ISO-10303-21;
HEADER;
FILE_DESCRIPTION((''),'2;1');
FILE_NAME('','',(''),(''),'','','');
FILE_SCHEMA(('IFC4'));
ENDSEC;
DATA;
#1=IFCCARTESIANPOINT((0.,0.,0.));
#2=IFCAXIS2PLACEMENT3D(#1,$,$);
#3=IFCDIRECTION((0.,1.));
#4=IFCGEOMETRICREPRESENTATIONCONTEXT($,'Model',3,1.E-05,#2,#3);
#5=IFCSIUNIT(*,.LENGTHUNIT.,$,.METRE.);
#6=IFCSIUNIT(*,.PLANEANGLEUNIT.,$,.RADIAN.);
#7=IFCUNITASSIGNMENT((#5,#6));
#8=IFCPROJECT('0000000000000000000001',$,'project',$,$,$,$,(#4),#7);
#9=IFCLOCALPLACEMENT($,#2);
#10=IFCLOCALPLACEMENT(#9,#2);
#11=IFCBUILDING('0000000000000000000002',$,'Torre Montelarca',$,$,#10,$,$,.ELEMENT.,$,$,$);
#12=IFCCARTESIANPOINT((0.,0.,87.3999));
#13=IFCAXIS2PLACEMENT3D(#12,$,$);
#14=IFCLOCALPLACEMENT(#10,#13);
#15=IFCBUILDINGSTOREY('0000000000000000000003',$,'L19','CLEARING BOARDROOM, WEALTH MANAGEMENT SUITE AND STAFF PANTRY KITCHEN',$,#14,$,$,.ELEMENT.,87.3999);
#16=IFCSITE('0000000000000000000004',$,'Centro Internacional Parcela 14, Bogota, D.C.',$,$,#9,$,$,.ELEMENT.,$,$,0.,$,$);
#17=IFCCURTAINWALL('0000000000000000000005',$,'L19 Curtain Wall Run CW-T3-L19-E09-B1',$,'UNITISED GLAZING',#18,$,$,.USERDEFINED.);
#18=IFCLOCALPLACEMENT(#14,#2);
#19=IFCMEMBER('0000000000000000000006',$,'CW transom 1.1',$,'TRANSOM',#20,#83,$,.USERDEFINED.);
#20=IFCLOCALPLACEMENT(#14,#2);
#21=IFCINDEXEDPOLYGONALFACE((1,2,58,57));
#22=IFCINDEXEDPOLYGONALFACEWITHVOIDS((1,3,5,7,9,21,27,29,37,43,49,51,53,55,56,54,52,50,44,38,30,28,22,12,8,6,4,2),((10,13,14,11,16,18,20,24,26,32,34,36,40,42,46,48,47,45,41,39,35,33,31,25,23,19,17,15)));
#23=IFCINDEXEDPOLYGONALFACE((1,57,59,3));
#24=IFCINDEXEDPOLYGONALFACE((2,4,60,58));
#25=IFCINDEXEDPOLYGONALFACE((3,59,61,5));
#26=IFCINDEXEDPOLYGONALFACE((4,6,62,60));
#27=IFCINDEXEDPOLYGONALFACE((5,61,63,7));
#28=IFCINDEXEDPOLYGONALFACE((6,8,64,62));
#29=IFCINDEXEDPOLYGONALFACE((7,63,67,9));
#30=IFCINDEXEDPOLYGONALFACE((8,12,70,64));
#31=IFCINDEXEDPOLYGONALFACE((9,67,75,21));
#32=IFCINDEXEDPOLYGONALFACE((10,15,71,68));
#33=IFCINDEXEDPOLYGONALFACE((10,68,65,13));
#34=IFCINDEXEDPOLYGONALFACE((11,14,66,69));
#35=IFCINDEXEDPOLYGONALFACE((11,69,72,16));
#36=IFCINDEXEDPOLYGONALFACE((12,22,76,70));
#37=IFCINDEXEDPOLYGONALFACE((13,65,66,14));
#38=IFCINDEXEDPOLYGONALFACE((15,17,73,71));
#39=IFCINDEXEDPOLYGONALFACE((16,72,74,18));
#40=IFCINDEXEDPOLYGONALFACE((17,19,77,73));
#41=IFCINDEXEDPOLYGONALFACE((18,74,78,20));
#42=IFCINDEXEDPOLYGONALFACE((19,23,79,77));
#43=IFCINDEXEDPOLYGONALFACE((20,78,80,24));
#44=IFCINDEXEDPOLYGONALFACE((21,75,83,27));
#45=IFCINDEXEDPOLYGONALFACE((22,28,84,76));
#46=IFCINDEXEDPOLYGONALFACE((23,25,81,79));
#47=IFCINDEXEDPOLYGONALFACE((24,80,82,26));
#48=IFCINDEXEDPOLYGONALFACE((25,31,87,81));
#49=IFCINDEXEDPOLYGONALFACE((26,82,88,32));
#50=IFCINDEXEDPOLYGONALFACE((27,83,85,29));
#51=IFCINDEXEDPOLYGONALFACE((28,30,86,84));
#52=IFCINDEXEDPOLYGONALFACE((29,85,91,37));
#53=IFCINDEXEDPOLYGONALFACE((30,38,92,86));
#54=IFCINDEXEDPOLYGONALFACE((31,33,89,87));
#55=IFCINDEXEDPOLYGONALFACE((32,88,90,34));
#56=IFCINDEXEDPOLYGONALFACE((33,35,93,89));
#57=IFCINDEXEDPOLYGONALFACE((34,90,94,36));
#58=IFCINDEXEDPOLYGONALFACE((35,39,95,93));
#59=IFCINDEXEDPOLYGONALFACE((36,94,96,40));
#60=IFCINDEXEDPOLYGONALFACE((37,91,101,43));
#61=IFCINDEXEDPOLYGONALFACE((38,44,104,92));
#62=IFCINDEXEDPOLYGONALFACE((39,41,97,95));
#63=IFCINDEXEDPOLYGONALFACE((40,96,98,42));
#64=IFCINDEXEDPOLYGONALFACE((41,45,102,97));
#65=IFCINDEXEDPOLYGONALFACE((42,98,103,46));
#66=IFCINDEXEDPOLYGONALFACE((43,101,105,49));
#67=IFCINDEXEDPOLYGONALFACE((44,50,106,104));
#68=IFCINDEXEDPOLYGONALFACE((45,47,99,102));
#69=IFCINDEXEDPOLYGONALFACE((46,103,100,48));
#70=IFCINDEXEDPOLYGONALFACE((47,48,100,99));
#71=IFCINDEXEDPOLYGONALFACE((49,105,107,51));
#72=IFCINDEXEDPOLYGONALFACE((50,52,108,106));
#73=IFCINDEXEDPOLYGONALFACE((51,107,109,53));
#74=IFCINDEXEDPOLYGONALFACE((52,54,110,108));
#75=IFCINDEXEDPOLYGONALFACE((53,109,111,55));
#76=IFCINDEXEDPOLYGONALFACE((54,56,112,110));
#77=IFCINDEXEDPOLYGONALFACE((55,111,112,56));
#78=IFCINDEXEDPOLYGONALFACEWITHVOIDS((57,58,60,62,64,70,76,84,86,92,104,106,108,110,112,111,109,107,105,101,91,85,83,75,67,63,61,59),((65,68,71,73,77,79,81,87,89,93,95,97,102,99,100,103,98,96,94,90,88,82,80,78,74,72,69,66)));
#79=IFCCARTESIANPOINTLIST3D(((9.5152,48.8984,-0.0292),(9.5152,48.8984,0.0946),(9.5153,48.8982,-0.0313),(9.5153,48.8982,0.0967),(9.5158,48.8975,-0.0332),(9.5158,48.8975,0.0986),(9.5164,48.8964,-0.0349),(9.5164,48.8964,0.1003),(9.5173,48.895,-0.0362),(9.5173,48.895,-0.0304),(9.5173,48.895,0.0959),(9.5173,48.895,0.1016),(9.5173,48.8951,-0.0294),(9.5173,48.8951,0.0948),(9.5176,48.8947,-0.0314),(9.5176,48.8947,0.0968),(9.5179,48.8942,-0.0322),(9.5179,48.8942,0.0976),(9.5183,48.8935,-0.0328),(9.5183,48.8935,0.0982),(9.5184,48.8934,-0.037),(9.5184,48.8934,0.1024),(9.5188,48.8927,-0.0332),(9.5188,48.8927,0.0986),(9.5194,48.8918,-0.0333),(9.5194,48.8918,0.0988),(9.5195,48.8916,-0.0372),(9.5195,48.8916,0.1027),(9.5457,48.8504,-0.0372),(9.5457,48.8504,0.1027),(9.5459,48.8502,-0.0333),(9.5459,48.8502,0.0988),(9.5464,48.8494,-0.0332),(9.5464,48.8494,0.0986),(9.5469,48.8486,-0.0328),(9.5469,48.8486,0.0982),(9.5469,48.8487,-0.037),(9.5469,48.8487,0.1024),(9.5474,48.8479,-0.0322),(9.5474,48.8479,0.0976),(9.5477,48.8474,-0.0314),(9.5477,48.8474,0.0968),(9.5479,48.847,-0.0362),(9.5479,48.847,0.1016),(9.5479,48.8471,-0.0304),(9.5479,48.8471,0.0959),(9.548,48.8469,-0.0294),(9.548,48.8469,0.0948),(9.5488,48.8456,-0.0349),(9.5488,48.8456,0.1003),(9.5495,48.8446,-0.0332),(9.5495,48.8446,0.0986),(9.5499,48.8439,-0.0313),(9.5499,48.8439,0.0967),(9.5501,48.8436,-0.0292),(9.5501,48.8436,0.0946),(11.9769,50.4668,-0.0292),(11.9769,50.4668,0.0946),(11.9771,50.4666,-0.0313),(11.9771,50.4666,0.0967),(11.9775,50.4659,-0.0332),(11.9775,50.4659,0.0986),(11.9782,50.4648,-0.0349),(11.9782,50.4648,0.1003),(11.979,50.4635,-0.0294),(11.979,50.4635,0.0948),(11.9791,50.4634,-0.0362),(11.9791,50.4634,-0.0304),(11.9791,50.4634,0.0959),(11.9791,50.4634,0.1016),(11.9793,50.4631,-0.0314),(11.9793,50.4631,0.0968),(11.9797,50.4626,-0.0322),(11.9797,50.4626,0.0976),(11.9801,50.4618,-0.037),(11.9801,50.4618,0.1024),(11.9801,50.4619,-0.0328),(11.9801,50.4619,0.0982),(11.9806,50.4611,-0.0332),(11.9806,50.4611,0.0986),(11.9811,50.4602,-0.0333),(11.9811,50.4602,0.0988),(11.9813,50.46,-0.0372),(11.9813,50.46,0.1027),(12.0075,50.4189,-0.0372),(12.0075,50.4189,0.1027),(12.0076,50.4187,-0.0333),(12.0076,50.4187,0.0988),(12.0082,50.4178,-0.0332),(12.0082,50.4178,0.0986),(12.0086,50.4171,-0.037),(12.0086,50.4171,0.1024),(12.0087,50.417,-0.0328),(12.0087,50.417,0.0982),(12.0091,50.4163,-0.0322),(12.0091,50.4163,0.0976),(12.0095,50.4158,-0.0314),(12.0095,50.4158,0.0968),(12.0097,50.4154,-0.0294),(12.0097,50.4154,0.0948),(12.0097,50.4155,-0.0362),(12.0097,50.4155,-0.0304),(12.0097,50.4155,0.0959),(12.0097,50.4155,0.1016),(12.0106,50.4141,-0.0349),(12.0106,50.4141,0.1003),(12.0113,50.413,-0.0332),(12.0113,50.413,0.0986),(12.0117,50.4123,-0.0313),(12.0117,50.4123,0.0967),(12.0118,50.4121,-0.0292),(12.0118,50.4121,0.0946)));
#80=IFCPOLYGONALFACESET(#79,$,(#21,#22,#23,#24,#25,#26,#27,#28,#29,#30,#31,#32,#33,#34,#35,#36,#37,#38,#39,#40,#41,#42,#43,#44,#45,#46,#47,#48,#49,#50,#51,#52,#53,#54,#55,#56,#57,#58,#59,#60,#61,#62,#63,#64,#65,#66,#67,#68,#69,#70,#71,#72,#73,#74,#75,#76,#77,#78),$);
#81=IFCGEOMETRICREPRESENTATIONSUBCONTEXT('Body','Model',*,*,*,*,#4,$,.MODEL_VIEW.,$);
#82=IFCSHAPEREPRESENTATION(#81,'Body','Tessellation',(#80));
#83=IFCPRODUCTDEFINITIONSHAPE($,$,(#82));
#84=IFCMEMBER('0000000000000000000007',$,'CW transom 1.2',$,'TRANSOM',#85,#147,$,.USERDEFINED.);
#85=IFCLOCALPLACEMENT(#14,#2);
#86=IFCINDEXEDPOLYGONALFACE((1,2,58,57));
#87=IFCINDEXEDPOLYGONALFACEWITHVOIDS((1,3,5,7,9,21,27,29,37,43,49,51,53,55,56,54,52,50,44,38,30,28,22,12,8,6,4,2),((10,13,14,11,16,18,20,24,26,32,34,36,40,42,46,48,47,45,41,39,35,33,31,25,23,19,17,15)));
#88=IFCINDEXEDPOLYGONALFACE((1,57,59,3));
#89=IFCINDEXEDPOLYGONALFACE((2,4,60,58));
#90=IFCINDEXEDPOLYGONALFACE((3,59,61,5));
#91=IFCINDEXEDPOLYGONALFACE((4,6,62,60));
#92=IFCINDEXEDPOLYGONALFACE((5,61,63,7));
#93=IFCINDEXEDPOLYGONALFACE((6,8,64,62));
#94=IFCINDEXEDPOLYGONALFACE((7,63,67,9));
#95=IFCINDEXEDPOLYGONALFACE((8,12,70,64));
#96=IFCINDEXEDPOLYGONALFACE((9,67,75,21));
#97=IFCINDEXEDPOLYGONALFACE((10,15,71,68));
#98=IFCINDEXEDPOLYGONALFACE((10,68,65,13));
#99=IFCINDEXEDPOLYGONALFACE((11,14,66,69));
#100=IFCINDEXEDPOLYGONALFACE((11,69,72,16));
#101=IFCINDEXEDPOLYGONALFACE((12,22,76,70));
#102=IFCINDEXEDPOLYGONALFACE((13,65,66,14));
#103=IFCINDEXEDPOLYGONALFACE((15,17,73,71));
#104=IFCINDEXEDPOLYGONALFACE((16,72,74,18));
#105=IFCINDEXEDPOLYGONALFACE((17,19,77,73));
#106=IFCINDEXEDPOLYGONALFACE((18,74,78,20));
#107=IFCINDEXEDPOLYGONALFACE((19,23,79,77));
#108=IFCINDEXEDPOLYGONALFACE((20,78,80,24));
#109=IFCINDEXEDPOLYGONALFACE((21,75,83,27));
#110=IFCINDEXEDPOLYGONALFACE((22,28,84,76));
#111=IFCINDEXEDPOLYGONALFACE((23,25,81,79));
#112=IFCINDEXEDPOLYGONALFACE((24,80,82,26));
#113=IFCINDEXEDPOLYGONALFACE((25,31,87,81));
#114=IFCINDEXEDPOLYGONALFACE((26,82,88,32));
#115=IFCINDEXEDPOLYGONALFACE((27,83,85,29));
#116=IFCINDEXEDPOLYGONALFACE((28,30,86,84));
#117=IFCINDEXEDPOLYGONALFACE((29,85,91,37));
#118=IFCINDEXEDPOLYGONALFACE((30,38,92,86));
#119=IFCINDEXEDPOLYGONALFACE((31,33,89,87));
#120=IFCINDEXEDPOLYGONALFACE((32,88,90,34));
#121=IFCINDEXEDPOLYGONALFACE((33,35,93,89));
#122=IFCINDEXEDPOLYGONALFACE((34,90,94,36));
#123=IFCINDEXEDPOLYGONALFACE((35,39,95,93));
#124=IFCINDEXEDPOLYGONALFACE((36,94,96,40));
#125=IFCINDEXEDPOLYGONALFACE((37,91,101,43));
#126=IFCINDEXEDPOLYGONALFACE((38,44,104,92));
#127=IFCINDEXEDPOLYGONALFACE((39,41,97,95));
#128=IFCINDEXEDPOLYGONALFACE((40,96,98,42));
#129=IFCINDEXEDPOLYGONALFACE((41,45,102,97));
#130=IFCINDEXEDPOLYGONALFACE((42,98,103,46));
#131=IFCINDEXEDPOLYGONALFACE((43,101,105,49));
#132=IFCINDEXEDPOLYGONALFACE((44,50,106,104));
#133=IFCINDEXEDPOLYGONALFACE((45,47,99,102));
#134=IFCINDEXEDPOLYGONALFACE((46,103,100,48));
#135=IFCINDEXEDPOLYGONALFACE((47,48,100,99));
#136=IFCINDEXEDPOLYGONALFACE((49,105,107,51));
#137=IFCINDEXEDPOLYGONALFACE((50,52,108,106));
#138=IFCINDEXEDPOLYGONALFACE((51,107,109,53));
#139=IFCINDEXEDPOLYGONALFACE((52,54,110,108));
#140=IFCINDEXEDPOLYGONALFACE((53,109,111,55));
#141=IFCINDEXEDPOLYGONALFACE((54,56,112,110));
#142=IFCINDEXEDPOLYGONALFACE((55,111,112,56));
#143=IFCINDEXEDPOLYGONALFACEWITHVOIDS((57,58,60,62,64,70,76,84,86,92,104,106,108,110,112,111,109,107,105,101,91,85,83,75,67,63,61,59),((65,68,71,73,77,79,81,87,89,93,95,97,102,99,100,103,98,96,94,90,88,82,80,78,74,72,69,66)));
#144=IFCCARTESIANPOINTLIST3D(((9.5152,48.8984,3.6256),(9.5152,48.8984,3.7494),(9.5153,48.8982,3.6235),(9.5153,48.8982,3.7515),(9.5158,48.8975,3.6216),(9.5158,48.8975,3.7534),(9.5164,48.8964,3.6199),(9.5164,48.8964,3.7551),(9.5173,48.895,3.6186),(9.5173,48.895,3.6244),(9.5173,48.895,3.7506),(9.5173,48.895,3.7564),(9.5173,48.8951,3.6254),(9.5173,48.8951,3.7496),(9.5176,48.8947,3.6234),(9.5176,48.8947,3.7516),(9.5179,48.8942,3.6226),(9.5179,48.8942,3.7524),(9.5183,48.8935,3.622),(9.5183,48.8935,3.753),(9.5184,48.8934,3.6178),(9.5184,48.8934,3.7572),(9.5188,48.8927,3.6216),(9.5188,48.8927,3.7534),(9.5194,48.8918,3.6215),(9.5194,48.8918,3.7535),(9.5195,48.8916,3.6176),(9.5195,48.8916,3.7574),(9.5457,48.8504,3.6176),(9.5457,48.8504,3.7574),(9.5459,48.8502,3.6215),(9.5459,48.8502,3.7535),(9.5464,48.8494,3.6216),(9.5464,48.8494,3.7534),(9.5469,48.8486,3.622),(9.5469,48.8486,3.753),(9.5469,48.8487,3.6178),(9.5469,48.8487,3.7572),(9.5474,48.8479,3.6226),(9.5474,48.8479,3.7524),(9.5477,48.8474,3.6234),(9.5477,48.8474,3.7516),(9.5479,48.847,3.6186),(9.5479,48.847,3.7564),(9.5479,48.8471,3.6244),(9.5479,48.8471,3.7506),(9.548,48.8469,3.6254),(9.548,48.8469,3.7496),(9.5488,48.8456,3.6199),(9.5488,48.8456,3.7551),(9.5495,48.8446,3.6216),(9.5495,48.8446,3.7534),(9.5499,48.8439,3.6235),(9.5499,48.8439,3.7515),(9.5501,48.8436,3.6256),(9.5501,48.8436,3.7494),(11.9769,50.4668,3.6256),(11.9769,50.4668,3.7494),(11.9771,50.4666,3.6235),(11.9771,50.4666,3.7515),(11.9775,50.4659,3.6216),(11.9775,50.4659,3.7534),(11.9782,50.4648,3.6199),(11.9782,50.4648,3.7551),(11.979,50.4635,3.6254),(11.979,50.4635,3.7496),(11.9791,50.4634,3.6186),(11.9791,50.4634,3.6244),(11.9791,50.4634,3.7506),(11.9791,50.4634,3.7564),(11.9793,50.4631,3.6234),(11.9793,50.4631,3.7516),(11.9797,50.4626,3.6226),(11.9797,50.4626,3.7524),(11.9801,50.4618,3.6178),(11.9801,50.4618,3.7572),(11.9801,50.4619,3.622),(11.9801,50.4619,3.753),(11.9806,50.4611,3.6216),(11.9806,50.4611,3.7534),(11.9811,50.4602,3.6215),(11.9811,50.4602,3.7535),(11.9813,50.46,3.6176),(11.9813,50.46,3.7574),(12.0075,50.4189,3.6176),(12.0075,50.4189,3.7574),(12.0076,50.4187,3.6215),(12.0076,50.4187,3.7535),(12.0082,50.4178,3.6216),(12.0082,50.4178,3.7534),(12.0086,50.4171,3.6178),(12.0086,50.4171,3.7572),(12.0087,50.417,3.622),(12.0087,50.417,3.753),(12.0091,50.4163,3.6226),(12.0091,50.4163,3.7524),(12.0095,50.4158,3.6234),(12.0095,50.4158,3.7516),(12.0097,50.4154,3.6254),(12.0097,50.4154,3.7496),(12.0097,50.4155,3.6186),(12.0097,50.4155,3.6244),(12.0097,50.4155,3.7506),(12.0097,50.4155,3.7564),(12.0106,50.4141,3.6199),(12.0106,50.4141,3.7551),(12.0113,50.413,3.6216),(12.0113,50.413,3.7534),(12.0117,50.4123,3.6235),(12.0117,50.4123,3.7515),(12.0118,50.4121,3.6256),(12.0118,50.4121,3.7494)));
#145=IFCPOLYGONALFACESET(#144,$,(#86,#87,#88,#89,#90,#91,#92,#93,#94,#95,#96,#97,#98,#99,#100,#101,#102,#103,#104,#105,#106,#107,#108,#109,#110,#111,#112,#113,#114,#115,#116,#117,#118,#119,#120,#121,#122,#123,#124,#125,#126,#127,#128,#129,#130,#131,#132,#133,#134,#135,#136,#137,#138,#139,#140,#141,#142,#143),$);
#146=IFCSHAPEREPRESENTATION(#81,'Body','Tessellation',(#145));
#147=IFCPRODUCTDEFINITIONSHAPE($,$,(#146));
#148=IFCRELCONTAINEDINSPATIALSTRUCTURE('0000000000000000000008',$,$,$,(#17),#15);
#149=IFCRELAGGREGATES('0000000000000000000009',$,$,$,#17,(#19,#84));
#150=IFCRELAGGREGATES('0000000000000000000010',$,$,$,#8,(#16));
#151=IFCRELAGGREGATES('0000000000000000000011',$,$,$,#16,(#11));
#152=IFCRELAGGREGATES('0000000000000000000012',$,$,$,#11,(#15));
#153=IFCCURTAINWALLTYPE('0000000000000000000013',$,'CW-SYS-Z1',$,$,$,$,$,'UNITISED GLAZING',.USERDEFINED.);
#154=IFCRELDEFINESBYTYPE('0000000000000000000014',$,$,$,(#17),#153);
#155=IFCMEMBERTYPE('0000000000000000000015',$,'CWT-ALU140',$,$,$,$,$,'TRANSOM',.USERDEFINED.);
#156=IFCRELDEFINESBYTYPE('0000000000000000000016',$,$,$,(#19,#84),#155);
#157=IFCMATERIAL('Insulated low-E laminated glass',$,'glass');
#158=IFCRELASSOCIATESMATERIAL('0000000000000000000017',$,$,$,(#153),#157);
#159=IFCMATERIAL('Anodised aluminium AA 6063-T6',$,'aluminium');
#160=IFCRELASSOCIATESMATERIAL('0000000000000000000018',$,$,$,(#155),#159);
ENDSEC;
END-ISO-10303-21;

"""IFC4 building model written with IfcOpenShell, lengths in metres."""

from ifc_helpers import new_model, si_unit, direction, frame, origin, origin_2d, place, context, subcontext, project, spatial, hollow_rectangle, extrude, source, transform, mapped, material, material_profile, profile_set, type_object, element, aggregate, save


model = new_model("IFC4")

# Units and contexts
model_context = context("Model", 3, precision=1e-05, world=origin(), true_north=direction((0.0, 1.0)))
body_context = subcontext(model_context, "Body", "Model", "MODEL_VIEW")
ifc_project = project(units=[si_unit("LENGTHUNIT", "METRE"), si_unit("PLANEANGLEUNIT", "RADIAN")], contexts=[model_context])

# Site, building, storey
site_placement = place(None, origin())
site = spatial("IfcSite", under=ifc_project, at=site_placement, Name="Centro Internacional Parcela 14, Bogota, D.C.", CompositionType="ELEMENT", RefElevation=0.0)
building_placement = place(site_placement, origin())
building = spatial("IfcBuilding", under=site, at=building_placement, Name="Torre Montelarca", CompositionType="ELEMENT")
storey_placement = place(building_placement, frame((0.0, 0.0, 87.3999)))
storey = spatial("IfcBuildingStorey", under=building, at=storey_placement, Name="L19", Description="CLEARING BOARDROOM, WEALTH MANAGEMENT SUITE AND STAFF PANTRY KITCHEN", CompositionType="ELEMENT", Elevation=87.3999)

# Curtain wall, members
ifc_material_1 = material(Name="Insulated low-E laminated glass", Category="glass")
curtain_wall_type = type_object("IfcCurtainWallType", Name="CW-SYS-Z1", ElementType="UNITISED GLAZING", PredefinedType="USERDEFINED", material=ifc_material_1)
ifc_material_2 = material(Name="Anodised aluminium AA 6063-T6", Category="aluminium")
ifc_material_profile_1 = material_profile(ifc_material_2, hollow_rectangle(XDim=0.0649, YDim=0.1399, WallThickness=0.0039, InnerFilletRadius=0.0039, OuterFilletRadius=0.0081, at=origin_2d()), Name="ALU65X140X4", Category="aluminium")
ifc_profile_set_1 = profile_set([ifc_material_profile_1], Name="Anodised aluminium AA 6063-T6")
member_type_1 = type_object("IfcMemberType", Name="CWT-ALU140", ElementType="TRANSOM", PredefinedType="USERDEFINED", material=ifc_profile_set_1)
curtain_wall_1_placement = place(storey_placement, origin())
curtain_wall_1 = element("IfcCurtainWall", 1, at=curtain_wall_1_placement, inside=storey, type_object=curtain_wall_type, Name="L19 Curtain Wall Run CW-T3-L19-E09-B1", ObjectType="UNITISED GLAZING", PredefinedType="USERDEFINED")
shared_shape_1 = source(origin(), body_context, "Body", "SweptSolid", [
    extrude(hollow_rectangle(XDim=0.0649, YDim=0.1399, WallThickness=0.0039, InnerFilletRadius=0.0039, OuterFilletRadius=0.0081, at=origin_2d()), origin(), (0.0, 0.0, 1.0), 2.9189),
])
member_1_placement = place(storey_placement, frame((11.9944, 50.4395, 0.0327), z_axis=(-0.843376, -0.537325, 0.0), x_axis=(0.537325, -0.843376, 0.0)))
member_1 = element("IfcMember", 2, at=member_1_placement, type_object=member_type_1, Name="CW transom 1.1", ObjectType="TRANSOM", PredefinedType="USERDEFINED", context=body_context, shape_type="MappedRepresentation", body=[
    mapped(shared_shape_1, transform((0.0, 0.0, 0.0), scale=1.0)),
])
member_2_placement = place(storey_placement, frame((11.9944, 50.4395, 3.6875), z_axis=(-0.843376, -0.537325, 0.0), x_axis=(0.537325, -0.843376, 0.0)))
member_2 = element("IfcMember", 3, at=member_2_placement, type_object=member_type_1, Name="CW transom 1.2", ObjectType="TRANSOM", PredefinedType="USERDEFINED", context=body_context, shape_type="MappedRepresentation", body=[
    mapped(shared_shape_1, transform((0.0, 0.0, 0.0), scale=1.0)),
])

aggregate(curtain_wall_1, [member_1, member_2])

save(model, "model.ifc")
